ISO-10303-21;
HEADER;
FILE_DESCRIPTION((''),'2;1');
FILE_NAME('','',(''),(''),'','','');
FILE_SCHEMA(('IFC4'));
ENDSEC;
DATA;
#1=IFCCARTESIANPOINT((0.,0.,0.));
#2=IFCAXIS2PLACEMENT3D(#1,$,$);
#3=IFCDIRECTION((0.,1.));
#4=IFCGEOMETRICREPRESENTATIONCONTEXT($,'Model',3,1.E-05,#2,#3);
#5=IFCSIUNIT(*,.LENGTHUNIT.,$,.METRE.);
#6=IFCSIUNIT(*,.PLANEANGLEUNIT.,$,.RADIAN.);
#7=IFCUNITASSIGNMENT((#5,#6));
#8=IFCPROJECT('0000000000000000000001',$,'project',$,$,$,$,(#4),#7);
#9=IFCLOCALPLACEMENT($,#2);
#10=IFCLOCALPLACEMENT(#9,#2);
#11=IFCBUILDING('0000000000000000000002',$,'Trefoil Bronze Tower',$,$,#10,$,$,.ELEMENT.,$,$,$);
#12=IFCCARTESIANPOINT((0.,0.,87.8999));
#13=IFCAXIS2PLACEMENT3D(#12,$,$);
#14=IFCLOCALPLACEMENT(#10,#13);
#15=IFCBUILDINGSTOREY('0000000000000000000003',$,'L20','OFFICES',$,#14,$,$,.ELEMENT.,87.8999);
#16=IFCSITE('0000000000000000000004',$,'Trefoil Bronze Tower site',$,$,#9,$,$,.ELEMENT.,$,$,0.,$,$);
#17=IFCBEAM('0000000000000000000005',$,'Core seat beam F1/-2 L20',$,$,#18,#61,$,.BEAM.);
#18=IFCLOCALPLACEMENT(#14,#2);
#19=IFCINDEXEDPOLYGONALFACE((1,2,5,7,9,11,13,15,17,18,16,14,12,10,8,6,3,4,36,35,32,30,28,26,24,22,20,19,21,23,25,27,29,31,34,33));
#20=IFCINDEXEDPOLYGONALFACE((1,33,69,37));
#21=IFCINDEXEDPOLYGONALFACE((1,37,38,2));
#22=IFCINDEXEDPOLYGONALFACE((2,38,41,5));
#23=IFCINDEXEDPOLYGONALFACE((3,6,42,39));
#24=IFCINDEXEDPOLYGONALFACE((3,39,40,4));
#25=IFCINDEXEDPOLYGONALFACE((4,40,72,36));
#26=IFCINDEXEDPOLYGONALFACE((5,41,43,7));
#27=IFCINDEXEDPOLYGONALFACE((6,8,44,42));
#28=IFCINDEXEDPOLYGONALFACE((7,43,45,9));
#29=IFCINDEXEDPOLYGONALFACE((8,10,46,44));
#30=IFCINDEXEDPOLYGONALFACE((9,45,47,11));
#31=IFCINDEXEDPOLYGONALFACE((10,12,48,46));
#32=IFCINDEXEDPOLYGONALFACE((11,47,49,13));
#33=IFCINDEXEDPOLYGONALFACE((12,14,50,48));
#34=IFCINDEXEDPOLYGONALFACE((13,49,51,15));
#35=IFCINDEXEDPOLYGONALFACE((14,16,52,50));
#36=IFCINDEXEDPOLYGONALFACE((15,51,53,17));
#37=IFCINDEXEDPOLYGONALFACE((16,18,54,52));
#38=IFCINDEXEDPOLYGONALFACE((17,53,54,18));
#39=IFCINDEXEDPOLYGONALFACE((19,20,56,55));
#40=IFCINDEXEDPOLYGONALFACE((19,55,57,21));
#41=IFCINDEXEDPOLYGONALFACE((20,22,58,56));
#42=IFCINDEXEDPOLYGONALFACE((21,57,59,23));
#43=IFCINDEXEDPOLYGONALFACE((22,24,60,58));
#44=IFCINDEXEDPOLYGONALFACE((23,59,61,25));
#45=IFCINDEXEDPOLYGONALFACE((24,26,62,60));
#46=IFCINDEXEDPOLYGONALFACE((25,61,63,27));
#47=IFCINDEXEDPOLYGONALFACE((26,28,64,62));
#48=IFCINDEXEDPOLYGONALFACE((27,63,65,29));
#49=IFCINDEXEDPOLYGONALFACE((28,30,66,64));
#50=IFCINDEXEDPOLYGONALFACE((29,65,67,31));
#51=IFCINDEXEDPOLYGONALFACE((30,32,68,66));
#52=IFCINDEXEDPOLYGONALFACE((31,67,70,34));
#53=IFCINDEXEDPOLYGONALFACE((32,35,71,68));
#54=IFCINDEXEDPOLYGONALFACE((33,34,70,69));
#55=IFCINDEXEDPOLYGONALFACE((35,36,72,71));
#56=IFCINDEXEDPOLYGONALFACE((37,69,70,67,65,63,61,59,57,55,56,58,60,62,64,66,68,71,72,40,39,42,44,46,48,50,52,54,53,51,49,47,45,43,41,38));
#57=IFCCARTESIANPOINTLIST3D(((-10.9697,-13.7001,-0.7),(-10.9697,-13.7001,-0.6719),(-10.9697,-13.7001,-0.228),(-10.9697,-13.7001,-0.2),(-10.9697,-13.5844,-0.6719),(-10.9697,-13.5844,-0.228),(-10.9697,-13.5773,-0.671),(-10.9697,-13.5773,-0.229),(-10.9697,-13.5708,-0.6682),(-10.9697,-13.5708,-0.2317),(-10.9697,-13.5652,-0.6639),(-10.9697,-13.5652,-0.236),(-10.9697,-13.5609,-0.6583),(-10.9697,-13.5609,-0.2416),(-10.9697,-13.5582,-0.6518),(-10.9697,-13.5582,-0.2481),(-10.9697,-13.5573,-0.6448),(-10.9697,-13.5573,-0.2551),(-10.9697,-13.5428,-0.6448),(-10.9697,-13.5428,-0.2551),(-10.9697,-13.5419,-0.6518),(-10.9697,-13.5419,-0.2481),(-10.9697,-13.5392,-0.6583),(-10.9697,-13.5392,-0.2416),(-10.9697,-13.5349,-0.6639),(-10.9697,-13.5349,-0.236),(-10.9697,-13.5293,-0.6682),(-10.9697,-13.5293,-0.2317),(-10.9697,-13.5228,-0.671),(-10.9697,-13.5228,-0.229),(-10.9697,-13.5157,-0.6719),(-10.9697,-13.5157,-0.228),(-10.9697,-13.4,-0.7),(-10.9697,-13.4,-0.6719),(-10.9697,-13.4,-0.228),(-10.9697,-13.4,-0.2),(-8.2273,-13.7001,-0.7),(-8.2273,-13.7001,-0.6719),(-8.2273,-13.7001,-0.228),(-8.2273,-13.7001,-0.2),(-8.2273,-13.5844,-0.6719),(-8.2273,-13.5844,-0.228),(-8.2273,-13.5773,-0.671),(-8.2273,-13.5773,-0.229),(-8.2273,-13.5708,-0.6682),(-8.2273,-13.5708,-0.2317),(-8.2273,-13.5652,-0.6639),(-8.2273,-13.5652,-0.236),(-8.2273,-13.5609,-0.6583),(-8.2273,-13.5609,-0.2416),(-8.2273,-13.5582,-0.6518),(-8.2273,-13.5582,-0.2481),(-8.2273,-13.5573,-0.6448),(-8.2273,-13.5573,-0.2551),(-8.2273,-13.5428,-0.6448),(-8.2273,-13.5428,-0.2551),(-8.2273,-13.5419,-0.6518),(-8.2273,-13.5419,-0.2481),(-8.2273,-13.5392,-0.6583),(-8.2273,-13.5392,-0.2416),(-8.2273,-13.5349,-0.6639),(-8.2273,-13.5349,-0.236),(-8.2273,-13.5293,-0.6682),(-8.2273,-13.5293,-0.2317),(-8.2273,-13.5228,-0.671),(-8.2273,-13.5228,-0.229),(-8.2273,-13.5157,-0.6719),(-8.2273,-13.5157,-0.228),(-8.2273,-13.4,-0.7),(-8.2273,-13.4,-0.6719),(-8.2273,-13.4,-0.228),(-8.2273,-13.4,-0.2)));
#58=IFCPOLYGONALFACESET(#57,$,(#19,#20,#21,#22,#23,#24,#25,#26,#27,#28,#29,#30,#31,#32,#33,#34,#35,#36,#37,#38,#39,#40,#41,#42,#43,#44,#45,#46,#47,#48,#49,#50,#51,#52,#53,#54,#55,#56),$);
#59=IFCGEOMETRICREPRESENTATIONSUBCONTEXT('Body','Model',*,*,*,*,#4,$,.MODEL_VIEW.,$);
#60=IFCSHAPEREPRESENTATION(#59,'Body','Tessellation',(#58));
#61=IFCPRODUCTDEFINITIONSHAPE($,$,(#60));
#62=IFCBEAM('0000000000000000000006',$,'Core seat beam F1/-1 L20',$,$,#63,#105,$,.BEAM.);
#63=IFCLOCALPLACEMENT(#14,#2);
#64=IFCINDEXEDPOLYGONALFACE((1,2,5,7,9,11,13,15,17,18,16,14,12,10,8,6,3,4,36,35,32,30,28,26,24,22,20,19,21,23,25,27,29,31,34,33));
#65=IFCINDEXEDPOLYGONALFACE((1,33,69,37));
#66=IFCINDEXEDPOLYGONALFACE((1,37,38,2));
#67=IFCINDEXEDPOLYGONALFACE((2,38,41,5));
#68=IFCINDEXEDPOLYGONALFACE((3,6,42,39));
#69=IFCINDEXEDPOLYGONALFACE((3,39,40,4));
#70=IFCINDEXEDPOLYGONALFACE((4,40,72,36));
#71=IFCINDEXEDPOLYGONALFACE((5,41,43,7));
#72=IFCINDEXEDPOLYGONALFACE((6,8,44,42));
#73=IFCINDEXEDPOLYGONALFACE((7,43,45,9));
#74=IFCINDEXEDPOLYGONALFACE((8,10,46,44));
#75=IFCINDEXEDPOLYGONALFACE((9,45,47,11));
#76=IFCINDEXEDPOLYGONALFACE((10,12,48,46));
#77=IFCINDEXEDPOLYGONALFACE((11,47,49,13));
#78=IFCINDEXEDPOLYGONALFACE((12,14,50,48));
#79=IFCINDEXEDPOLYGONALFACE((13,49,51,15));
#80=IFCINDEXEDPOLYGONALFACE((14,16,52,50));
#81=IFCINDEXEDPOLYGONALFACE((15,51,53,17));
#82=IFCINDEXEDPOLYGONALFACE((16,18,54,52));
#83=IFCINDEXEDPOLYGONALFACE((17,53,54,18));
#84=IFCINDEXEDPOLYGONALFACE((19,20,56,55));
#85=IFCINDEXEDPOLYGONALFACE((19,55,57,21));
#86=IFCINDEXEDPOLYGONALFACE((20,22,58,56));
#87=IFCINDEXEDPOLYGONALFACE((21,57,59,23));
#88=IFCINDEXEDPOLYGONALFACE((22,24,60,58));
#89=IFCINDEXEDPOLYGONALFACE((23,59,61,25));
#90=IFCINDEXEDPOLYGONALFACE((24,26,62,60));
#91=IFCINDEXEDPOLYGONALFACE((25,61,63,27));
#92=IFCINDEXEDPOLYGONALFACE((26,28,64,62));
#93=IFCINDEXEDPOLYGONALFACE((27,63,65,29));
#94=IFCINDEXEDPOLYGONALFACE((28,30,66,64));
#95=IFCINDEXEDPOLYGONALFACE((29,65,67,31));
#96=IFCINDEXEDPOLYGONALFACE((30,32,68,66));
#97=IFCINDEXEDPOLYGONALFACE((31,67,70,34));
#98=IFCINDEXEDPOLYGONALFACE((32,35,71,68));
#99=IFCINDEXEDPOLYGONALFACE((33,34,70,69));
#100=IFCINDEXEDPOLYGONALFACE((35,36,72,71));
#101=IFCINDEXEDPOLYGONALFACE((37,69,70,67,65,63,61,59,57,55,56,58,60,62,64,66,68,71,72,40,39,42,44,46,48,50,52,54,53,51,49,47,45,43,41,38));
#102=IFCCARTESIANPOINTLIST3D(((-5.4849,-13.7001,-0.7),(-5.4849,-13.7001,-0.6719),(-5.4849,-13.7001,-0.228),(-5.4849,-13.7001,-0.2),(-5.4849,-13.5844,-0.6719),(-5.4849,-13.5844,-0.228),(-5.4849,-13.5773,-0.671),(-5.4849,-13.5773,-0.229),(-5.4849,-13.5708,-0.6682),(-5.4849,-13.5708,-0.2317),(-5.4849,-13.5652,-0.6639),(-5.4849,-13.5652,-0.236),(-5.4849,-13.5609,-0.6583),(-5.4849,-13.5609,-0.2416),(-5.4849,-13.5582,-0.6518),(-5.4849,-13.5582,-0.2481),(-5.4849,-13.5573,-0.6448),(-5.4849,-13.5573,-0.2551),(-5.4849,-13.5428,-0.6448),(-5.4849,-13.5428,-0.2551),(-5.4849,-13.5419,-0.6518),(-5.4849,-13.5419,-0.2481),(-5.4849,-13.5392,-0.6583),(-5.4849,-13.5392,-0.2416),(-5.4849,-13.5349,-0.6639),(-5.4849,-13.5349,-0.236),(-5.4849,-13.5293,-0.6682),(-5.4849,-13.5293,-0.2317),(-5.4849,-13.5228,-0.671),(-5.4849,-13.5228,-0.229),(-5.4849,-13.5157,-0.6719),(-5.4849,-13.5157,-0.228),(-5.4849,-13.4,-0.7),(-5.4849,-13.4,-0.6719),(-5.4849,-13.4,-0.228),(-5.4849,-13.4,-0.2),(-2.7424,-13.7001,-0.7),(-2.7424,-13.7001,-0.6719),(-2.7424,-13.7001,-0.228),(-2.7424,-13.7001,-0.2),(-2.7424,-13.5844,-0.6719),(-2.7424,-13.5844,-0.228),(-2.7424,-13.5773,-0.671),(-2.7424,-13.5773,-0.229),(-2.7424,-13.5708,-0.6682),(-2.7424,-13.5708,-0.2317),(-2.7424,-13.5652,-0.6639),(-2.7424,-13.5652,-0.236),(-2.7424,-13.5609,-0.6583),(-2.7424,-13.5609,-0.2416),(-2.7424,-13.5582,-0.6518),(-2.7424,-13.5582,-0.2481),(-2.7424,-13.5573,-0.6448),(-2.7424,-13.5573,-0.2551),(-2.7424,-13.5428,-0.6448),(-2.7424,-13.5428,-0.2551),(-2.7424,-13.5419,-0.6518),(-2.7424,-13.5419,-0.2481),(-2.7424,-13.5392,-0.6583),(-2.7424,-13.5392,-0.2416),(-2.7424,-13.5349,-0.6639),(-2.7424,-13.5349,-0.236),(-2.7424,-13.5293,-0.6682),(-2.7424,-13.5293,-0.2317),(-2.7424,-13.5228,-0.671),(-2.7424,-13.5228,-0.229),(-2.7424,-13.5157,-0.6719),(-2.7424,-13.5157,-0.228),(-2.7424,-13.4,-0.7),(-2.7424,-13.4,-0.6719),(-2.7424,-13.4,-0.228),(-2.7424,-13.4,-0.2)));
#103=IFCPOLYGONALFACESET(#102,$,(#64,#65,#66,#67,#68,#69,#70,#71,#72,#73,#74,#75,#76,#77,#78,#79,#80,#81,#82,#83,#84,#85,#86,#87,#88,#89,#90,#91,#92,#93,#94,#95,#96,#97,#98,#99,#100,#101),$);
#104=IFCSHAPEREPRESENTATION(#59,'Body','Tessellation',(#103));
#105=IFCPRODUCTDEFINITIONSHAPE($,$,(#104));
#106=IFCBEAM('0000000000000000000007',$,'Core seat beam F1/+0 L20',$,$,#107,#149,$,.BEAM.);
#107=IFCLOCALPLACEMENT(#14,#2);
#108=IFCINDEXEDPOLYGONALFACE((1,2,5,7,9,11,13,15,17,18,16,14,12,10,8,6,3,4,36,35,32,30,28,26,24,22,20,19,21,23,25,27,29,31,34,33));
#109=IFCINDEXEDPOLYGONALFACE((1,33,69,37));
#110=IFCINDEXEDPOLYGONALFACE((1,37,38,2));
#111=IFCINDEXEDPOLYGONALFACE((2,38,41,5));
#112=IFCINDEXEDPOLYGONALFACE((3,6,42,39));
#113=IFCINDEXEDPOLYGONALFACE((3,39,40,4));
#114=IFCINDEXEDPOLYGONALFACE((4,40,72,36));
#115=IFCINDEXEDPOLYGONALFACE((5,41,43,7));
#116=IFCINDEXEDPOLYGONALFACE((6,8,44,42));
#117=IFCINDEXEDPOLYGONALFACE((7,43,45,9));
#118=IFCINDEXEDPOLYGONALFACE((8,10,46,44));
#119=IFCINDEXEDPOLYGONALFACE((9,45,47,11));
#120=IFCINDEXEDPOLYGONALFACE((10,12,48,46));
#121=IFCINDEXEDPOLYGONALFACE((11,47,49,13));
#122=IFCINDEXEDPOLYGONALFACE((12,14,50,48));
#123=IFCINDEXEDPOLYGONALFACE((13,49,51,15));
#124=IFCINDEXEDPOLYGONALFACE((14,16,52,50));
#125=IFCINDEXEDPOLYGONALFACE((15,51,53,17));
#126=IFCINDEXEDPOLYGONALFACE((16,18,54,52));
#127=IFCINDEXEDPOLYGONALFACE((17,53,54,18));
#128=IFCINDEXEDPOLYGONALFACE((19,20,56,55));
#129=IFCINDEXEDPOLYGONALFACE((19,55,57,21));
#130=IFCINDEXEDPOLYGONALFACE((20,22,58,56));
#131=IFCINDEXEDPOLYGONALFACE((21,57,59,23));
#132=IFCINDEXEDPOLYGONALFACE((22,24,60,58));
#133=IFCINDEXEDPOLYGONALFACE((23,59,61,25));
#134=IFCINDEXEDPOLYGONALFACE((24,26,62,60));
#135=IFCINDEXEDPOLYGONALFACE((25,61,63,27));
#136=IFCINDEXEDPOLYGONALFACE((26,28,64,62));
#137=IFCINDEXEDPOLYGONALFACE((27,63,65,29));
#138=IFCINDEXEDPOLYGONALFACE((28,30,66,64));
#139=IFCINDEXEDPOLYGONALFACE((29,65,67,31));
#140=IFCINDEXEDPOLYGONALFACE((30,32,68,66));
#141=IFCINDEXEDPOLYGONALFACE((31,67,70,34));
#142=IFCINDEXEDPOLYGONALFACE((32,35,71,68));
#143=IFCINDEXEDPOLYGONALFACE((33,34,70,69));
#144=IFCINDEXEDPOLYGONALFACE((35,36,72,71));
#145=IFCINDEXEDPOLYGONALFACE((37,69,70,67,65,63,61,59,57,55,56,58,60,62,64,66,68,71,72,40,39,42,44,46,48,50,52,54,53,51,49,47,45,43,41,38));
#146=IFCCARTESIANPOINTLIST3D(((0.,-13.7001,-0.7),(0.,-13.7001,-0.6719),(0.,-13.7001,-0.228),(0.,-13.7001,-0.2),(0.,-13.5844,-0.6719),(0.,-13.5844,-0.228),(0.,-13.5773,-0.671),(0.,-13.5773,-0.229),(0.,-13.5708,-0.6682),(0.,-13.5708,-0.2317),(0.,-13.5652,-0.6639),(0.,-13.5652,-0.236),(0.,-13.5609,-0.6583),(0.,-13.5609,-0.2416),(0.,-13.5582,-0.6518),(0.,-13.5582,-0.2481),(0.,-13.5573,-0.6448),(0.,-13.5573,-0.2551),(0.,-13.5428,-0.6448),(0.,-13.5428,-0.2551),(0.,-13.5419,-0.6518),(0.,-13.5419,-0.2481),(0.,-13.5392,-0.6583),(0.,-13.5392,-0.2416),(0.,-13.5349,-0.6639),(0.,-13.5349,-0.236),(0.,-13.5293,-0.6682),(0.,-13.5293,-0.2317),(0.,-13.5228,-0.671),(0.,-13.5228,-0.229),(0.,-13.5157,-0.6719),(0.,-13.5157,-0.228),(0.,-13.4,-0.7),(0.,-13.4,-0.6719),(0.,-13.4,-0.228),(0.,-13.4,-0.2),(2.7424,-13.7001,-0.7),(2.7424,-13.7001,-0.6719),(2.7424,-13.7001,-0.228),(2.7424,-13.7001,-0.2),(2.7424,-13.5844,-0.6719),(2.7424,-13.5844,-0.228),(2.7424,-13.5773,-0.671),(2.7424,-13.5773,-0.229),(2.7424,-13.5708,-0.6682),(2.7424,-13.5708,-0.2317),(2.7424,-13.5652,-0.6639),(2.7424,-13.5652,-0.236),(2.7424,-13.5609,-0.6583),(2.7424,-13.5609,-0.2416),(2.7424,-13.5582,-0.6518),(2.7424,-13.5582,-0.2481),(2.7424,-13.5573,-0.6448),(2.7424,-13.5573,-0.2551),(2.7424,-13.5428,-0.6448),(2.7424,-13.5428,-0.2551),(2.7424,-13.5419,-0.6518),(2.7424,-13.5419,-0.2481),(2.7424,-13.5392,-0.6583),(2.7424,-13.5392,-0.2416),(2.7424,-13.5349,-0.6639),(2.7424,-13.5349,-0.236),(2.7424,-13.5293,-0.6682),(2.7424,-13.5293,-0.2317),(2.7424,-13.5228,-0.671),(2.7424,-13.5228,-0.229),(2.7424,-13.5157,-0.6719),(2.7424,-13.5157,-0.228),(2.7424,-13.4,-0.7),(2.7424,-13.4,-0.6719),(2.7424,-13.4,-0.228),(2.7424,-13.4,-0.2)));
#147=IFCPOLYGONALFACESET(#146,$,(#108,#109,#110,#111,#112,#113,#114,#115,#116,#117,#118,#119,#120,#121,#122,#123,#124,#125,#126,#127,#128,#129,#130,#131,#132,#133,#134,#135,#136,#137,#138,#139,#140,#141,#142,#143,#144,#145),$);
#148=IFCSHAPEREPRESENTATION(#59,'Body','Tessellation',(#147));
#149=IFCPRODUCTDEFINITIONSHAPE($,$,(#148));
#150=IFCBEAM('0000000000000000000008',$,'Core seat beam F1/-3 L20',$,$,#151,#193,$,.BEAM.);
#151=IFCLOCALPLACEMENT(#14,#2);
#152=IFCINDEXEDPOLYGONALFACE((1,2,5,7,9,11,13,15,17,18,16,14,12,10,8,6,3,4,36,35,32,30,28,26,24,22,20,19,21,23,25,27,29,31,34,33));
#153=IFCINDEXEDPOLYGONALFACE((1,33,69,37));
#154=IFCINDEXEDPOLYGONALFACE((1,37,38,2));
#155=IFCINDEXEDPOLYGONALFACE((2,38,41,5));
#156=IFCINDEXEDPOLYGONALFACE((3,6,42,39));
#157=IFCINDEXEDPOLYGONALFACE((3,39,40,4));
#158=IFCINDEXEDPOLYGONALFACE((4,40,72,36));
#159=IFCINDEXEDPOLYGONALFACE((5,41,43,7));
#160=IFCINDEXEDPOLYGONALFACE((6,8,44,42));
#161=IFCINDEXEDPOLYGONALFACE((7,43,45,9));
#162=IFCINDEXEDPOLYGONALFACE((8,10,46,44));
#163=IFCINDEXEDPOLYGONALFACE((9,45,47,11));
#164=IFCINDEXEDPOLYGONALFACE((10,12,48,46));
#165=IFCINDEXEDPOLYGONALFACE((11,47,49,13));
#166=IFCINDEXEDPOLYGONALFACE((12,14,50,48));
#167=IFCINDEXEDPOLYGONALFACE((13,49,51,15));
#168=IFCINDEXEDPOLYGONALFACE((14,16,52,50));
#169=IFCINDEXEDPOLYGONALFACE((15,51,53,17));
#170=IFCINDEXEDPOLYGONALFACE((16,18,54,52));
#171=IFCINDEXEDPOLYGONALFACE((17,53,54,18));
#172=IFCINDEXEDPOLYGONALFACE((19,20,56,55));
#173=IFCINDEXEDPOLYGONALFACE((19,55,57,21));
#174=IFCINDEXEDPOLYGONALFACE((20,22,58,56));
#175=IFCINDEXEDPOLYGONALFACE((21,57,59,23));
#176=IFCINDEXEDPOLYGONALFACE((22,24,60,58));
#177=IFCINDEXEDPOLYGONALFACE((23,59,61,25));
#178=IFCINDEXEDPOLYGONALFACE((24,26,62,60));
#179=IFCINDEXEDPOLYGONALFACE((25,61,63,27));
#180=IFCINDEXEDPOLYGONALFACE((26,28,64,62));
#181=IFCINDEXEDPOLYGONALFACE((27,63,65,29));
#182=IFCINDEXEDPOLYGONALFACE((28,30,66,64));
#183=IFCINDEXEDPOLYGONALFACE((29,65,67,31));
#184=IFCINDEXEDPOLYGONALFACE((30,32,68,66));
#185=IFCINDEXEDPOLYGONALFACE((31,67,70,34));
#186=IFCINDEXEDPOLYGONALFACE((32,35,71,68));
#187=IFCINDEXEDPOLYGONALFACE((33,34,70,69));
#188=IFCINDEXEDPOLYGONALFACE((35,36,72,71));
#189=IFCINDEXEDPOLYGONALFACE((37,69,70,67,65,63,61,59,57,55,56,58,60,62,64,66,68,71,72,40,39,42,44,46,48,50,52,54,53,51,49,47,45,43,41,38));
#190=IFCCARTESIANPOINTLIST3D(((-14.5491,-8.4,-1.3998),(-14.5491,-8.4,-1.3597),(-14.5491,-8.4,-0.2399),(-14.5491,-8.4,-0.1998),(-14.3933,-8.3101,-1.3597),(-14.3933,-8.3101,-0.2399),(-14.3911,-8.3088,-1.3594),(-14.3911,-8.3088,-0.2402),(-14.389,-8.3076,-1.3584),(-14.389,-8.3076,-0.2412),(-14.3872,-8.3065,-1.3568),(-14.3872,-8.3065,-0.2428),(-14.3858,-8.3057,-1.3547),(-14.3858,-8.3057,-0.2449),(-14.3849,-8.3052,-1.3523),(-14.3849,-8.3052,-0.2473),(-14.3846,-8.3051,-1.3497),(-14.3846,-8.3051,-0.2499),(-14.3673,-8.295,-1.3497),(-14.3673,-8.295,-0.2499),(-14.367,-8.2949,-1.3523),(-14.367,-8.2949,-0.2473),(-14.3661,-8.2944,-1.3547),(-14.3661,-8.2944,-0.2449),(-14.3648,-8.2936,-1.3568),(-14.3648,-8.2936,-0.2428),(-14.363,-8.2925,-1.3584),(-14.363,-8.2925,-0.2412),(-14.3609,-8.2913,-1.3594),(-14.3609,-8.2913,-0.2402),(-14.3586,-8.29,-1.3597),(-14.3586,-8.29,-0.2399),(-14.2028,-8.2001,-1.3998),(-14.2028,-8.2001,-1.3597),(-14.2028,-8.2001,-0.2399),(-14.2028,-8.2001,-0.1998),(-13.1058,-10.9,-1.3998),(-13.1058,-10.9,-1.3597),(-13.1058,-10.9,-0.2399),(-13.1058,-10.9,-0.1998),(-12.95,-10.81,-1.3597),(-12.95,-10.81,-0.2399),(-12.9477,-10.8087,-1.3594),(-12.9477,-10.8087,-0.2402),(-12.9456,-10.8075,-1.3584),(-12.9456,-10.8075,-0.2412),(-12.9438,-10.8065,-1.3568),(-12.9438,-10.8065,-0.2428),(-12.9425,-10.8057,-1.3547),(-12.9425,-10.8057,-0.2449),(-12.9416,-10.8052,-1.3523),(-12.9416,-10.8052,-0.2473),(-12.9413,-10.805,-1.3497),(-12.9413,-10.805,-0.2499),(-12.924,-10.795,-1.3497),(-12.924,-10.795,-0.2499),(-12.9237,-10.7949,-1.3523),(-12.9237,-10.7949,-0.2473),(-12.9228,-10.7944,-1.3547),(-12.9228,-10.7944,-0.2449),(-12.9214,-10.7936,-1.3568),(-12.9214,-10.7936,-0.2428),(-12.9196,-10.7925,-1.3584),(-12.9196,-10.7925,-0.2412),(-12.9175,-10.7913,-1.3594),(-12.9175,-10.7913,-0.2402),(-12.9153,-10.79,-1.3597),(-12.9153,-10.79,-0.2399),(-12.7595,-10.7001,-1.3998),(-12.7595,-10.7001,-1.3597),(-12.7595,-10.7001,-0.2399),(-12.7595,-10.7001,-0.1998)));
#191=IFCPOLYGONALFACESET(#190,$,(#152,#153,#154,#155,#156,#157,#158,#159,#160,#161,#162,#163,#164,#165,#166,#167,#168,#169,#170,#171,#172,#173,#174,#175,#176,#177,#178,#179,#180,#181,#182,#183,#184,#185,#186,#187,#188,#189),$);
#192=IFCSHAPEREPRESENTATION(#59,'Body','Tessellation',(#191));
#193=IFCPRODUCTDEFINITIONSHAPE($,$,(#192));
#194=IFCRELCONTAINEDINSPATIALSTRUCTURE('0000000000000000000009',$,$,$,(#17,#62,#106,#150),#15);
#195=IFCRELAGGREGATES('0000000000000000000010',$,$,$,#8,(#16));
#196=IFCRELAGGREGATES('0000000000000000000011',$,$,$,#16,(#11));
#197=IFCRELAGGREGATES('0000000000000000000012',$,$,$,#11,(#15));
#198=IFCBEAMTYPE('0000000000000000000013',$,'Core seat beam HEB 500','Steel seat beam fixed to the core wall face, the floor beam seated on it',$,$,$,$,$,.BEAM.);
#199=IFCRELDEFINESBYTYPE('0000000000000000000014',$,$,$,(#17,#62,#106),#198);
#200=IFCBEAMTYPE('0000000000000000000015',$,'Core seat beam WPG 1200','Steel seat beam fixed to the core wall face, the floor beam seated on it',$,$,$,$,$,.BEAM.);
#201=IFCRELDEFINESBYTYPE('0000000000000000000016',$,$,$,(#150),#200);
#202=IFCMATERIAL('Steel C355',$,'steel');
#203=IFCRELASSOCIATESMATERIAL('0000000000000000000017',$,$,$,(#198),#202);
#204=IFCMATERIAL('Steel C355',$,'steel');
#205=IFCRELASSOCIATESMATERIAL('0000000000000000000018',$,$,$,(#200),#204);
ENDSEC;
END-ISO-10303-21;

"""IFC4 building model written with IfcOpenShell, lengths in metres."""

from ifc_helpers import new_model, si_unit, direction, frame, origin, origin_2d, place, context, subcontext, project, spatial, i_section, extrude, material, material_profile, profile_set, type_object, element, save


model = new_model("IFC4")

# Units and contexts
model_context = context("Model", 3, precision=1e-05, world=origin(), true_north=direction((0.0, 1.0)))
body_context = subcontext(model_context, "Body", "Model", "MODEL_VIEW")
ifc_project = project(units=[si_unit("LENGTHUNIT", "METRE"), si_unit("PLANEANGLEUNIT", "RADIAN")], contexts=[model_context])

# Site, building, storey
site_placement = place(None, origin())
site = spatial("IfcSite", under=ifc_project, at=site_placement, Name="Trefoil Bronze Tower site", CompositionType="ELEMENT", RefElevation=0.0)
building_placement = place(site_placement, origin())
building = spatial("IfcBuilding", under=site, at=building_placement, Name="Trefoil Bronze Tower", CompositionType="ELEMENT")
storey_placement = place(building_placement, frame((0.0, 0.0, 87.8999)))
storey = spatial("IfcBuildingStorey", under=building, at=storey_placement, Name="L20", Description="OFFICES", CompositionType="ELEMENT", Elevation=87.8999)

# Beams
ifc_material_1 = material(Name="Steel C355", Category="steel")
ifc_material_profile_1 = material_profile(ifc_material_1, i_section(OverallWidth=0.3, OverallDepth=0.5, WebThickness=0.0144, FlangeThickness=0.0281, FilletRadius=0.0271, at=origin_2d()), Name="HEB 500")
ifc_profile_set_1 = profile_set([ifc_material_profile_1], Name="Steel C355")
beam_type_1 = type_object("IfcBeamType", Name="Core seat beam HEB 500", Description="Steel seat beam fixed to the core wall face, the floor beam seated on it", PredefinedType="BEAM", material=ifc_profile_set_1)
for number, where, z_axis, x_axis, name in (
    (1, (-10.9697, -13.55, -0.45), (1.0, 0.0, 0.0), (0.0, 1.0, 0.0), "Core seat beam F1/-2 L20"),
    (2, (-5.4849, -13.55, -0.45), (1.0, 0.0, 0.0), (0.0, 1.0, 0.0), "Core seat beam F1/-1 L20"),
    (3, (0.0, -13.55, -0.45), (1.0, 0.0, 0.0), (0.0, 1.0, 0.0), "Core seat beam F1/+0 L20"),
):
    element("IfcBeam", number, at=place(storey_placement, frame(where, z_axis=z_axis, x_axis=x_axis)), inside=storey, type_object=beam_type_1, Name=name, PredefinedType="BEAM", context=body_context, shape_type="SweptSolid", body=[
        extrude(i_section(OverallWidth=0.3, OverallDepth=0.5, WebThickness=0.0144, FlangeThickness=0.0281, FilletRadius=0.0271, at=origin_2d()), origin(), (0.0, 0.0, 1.0), 2.7424),
    ])
ifc_material_2 = material(Name="Steel C355", Category="steel")
ifc_material_profile_2 = material_profile(ifc_material_2, i_section(OverallWidth=0.3999, OverallDepth=1.2, WebThickness=0.02, FlangeThickness=0.04, FilletRadius=0.01, at=origin_2d()), Name="WPG 1200")
ifc_profile_set_2 = profile_set([ifc_material_profile_2], Name="Steel C355")
beam_type_2 = type_object("IfcBeamType", Name="Core seat beam WPG 1200", Description="Steel seat beam fixed to the core wall face, the floor beam seated on it", PredefinedType="BEAM", material=ifc_profile_set_2)
beam_1_placement = place(storey_placement, frame((-14.376, -8.3, -0.7998), z_axis=(0.499996, -0.866028, 0.0), x_axis=(0.866028, 0.499996, 0.0)))
element("IfcBeam", 4, at=beam_1_placement, inside=storey, type_object=beam_type_2, Name="Core seat beam F1/-3 L20", PredefinedType="BEAM", context=body_context, shape_type="SweptSolid", body=[
    extrude(i_section(OverallWidth=0.3999, OverallDepth=1.2, WebThickness=0.02, FlangeThickness=0.04, FilletRadius=0.01, at=origin_2d()), origin(), (0.0, 0.0, 1.0), 2.8867),
])

save(model, "model.ifc")
